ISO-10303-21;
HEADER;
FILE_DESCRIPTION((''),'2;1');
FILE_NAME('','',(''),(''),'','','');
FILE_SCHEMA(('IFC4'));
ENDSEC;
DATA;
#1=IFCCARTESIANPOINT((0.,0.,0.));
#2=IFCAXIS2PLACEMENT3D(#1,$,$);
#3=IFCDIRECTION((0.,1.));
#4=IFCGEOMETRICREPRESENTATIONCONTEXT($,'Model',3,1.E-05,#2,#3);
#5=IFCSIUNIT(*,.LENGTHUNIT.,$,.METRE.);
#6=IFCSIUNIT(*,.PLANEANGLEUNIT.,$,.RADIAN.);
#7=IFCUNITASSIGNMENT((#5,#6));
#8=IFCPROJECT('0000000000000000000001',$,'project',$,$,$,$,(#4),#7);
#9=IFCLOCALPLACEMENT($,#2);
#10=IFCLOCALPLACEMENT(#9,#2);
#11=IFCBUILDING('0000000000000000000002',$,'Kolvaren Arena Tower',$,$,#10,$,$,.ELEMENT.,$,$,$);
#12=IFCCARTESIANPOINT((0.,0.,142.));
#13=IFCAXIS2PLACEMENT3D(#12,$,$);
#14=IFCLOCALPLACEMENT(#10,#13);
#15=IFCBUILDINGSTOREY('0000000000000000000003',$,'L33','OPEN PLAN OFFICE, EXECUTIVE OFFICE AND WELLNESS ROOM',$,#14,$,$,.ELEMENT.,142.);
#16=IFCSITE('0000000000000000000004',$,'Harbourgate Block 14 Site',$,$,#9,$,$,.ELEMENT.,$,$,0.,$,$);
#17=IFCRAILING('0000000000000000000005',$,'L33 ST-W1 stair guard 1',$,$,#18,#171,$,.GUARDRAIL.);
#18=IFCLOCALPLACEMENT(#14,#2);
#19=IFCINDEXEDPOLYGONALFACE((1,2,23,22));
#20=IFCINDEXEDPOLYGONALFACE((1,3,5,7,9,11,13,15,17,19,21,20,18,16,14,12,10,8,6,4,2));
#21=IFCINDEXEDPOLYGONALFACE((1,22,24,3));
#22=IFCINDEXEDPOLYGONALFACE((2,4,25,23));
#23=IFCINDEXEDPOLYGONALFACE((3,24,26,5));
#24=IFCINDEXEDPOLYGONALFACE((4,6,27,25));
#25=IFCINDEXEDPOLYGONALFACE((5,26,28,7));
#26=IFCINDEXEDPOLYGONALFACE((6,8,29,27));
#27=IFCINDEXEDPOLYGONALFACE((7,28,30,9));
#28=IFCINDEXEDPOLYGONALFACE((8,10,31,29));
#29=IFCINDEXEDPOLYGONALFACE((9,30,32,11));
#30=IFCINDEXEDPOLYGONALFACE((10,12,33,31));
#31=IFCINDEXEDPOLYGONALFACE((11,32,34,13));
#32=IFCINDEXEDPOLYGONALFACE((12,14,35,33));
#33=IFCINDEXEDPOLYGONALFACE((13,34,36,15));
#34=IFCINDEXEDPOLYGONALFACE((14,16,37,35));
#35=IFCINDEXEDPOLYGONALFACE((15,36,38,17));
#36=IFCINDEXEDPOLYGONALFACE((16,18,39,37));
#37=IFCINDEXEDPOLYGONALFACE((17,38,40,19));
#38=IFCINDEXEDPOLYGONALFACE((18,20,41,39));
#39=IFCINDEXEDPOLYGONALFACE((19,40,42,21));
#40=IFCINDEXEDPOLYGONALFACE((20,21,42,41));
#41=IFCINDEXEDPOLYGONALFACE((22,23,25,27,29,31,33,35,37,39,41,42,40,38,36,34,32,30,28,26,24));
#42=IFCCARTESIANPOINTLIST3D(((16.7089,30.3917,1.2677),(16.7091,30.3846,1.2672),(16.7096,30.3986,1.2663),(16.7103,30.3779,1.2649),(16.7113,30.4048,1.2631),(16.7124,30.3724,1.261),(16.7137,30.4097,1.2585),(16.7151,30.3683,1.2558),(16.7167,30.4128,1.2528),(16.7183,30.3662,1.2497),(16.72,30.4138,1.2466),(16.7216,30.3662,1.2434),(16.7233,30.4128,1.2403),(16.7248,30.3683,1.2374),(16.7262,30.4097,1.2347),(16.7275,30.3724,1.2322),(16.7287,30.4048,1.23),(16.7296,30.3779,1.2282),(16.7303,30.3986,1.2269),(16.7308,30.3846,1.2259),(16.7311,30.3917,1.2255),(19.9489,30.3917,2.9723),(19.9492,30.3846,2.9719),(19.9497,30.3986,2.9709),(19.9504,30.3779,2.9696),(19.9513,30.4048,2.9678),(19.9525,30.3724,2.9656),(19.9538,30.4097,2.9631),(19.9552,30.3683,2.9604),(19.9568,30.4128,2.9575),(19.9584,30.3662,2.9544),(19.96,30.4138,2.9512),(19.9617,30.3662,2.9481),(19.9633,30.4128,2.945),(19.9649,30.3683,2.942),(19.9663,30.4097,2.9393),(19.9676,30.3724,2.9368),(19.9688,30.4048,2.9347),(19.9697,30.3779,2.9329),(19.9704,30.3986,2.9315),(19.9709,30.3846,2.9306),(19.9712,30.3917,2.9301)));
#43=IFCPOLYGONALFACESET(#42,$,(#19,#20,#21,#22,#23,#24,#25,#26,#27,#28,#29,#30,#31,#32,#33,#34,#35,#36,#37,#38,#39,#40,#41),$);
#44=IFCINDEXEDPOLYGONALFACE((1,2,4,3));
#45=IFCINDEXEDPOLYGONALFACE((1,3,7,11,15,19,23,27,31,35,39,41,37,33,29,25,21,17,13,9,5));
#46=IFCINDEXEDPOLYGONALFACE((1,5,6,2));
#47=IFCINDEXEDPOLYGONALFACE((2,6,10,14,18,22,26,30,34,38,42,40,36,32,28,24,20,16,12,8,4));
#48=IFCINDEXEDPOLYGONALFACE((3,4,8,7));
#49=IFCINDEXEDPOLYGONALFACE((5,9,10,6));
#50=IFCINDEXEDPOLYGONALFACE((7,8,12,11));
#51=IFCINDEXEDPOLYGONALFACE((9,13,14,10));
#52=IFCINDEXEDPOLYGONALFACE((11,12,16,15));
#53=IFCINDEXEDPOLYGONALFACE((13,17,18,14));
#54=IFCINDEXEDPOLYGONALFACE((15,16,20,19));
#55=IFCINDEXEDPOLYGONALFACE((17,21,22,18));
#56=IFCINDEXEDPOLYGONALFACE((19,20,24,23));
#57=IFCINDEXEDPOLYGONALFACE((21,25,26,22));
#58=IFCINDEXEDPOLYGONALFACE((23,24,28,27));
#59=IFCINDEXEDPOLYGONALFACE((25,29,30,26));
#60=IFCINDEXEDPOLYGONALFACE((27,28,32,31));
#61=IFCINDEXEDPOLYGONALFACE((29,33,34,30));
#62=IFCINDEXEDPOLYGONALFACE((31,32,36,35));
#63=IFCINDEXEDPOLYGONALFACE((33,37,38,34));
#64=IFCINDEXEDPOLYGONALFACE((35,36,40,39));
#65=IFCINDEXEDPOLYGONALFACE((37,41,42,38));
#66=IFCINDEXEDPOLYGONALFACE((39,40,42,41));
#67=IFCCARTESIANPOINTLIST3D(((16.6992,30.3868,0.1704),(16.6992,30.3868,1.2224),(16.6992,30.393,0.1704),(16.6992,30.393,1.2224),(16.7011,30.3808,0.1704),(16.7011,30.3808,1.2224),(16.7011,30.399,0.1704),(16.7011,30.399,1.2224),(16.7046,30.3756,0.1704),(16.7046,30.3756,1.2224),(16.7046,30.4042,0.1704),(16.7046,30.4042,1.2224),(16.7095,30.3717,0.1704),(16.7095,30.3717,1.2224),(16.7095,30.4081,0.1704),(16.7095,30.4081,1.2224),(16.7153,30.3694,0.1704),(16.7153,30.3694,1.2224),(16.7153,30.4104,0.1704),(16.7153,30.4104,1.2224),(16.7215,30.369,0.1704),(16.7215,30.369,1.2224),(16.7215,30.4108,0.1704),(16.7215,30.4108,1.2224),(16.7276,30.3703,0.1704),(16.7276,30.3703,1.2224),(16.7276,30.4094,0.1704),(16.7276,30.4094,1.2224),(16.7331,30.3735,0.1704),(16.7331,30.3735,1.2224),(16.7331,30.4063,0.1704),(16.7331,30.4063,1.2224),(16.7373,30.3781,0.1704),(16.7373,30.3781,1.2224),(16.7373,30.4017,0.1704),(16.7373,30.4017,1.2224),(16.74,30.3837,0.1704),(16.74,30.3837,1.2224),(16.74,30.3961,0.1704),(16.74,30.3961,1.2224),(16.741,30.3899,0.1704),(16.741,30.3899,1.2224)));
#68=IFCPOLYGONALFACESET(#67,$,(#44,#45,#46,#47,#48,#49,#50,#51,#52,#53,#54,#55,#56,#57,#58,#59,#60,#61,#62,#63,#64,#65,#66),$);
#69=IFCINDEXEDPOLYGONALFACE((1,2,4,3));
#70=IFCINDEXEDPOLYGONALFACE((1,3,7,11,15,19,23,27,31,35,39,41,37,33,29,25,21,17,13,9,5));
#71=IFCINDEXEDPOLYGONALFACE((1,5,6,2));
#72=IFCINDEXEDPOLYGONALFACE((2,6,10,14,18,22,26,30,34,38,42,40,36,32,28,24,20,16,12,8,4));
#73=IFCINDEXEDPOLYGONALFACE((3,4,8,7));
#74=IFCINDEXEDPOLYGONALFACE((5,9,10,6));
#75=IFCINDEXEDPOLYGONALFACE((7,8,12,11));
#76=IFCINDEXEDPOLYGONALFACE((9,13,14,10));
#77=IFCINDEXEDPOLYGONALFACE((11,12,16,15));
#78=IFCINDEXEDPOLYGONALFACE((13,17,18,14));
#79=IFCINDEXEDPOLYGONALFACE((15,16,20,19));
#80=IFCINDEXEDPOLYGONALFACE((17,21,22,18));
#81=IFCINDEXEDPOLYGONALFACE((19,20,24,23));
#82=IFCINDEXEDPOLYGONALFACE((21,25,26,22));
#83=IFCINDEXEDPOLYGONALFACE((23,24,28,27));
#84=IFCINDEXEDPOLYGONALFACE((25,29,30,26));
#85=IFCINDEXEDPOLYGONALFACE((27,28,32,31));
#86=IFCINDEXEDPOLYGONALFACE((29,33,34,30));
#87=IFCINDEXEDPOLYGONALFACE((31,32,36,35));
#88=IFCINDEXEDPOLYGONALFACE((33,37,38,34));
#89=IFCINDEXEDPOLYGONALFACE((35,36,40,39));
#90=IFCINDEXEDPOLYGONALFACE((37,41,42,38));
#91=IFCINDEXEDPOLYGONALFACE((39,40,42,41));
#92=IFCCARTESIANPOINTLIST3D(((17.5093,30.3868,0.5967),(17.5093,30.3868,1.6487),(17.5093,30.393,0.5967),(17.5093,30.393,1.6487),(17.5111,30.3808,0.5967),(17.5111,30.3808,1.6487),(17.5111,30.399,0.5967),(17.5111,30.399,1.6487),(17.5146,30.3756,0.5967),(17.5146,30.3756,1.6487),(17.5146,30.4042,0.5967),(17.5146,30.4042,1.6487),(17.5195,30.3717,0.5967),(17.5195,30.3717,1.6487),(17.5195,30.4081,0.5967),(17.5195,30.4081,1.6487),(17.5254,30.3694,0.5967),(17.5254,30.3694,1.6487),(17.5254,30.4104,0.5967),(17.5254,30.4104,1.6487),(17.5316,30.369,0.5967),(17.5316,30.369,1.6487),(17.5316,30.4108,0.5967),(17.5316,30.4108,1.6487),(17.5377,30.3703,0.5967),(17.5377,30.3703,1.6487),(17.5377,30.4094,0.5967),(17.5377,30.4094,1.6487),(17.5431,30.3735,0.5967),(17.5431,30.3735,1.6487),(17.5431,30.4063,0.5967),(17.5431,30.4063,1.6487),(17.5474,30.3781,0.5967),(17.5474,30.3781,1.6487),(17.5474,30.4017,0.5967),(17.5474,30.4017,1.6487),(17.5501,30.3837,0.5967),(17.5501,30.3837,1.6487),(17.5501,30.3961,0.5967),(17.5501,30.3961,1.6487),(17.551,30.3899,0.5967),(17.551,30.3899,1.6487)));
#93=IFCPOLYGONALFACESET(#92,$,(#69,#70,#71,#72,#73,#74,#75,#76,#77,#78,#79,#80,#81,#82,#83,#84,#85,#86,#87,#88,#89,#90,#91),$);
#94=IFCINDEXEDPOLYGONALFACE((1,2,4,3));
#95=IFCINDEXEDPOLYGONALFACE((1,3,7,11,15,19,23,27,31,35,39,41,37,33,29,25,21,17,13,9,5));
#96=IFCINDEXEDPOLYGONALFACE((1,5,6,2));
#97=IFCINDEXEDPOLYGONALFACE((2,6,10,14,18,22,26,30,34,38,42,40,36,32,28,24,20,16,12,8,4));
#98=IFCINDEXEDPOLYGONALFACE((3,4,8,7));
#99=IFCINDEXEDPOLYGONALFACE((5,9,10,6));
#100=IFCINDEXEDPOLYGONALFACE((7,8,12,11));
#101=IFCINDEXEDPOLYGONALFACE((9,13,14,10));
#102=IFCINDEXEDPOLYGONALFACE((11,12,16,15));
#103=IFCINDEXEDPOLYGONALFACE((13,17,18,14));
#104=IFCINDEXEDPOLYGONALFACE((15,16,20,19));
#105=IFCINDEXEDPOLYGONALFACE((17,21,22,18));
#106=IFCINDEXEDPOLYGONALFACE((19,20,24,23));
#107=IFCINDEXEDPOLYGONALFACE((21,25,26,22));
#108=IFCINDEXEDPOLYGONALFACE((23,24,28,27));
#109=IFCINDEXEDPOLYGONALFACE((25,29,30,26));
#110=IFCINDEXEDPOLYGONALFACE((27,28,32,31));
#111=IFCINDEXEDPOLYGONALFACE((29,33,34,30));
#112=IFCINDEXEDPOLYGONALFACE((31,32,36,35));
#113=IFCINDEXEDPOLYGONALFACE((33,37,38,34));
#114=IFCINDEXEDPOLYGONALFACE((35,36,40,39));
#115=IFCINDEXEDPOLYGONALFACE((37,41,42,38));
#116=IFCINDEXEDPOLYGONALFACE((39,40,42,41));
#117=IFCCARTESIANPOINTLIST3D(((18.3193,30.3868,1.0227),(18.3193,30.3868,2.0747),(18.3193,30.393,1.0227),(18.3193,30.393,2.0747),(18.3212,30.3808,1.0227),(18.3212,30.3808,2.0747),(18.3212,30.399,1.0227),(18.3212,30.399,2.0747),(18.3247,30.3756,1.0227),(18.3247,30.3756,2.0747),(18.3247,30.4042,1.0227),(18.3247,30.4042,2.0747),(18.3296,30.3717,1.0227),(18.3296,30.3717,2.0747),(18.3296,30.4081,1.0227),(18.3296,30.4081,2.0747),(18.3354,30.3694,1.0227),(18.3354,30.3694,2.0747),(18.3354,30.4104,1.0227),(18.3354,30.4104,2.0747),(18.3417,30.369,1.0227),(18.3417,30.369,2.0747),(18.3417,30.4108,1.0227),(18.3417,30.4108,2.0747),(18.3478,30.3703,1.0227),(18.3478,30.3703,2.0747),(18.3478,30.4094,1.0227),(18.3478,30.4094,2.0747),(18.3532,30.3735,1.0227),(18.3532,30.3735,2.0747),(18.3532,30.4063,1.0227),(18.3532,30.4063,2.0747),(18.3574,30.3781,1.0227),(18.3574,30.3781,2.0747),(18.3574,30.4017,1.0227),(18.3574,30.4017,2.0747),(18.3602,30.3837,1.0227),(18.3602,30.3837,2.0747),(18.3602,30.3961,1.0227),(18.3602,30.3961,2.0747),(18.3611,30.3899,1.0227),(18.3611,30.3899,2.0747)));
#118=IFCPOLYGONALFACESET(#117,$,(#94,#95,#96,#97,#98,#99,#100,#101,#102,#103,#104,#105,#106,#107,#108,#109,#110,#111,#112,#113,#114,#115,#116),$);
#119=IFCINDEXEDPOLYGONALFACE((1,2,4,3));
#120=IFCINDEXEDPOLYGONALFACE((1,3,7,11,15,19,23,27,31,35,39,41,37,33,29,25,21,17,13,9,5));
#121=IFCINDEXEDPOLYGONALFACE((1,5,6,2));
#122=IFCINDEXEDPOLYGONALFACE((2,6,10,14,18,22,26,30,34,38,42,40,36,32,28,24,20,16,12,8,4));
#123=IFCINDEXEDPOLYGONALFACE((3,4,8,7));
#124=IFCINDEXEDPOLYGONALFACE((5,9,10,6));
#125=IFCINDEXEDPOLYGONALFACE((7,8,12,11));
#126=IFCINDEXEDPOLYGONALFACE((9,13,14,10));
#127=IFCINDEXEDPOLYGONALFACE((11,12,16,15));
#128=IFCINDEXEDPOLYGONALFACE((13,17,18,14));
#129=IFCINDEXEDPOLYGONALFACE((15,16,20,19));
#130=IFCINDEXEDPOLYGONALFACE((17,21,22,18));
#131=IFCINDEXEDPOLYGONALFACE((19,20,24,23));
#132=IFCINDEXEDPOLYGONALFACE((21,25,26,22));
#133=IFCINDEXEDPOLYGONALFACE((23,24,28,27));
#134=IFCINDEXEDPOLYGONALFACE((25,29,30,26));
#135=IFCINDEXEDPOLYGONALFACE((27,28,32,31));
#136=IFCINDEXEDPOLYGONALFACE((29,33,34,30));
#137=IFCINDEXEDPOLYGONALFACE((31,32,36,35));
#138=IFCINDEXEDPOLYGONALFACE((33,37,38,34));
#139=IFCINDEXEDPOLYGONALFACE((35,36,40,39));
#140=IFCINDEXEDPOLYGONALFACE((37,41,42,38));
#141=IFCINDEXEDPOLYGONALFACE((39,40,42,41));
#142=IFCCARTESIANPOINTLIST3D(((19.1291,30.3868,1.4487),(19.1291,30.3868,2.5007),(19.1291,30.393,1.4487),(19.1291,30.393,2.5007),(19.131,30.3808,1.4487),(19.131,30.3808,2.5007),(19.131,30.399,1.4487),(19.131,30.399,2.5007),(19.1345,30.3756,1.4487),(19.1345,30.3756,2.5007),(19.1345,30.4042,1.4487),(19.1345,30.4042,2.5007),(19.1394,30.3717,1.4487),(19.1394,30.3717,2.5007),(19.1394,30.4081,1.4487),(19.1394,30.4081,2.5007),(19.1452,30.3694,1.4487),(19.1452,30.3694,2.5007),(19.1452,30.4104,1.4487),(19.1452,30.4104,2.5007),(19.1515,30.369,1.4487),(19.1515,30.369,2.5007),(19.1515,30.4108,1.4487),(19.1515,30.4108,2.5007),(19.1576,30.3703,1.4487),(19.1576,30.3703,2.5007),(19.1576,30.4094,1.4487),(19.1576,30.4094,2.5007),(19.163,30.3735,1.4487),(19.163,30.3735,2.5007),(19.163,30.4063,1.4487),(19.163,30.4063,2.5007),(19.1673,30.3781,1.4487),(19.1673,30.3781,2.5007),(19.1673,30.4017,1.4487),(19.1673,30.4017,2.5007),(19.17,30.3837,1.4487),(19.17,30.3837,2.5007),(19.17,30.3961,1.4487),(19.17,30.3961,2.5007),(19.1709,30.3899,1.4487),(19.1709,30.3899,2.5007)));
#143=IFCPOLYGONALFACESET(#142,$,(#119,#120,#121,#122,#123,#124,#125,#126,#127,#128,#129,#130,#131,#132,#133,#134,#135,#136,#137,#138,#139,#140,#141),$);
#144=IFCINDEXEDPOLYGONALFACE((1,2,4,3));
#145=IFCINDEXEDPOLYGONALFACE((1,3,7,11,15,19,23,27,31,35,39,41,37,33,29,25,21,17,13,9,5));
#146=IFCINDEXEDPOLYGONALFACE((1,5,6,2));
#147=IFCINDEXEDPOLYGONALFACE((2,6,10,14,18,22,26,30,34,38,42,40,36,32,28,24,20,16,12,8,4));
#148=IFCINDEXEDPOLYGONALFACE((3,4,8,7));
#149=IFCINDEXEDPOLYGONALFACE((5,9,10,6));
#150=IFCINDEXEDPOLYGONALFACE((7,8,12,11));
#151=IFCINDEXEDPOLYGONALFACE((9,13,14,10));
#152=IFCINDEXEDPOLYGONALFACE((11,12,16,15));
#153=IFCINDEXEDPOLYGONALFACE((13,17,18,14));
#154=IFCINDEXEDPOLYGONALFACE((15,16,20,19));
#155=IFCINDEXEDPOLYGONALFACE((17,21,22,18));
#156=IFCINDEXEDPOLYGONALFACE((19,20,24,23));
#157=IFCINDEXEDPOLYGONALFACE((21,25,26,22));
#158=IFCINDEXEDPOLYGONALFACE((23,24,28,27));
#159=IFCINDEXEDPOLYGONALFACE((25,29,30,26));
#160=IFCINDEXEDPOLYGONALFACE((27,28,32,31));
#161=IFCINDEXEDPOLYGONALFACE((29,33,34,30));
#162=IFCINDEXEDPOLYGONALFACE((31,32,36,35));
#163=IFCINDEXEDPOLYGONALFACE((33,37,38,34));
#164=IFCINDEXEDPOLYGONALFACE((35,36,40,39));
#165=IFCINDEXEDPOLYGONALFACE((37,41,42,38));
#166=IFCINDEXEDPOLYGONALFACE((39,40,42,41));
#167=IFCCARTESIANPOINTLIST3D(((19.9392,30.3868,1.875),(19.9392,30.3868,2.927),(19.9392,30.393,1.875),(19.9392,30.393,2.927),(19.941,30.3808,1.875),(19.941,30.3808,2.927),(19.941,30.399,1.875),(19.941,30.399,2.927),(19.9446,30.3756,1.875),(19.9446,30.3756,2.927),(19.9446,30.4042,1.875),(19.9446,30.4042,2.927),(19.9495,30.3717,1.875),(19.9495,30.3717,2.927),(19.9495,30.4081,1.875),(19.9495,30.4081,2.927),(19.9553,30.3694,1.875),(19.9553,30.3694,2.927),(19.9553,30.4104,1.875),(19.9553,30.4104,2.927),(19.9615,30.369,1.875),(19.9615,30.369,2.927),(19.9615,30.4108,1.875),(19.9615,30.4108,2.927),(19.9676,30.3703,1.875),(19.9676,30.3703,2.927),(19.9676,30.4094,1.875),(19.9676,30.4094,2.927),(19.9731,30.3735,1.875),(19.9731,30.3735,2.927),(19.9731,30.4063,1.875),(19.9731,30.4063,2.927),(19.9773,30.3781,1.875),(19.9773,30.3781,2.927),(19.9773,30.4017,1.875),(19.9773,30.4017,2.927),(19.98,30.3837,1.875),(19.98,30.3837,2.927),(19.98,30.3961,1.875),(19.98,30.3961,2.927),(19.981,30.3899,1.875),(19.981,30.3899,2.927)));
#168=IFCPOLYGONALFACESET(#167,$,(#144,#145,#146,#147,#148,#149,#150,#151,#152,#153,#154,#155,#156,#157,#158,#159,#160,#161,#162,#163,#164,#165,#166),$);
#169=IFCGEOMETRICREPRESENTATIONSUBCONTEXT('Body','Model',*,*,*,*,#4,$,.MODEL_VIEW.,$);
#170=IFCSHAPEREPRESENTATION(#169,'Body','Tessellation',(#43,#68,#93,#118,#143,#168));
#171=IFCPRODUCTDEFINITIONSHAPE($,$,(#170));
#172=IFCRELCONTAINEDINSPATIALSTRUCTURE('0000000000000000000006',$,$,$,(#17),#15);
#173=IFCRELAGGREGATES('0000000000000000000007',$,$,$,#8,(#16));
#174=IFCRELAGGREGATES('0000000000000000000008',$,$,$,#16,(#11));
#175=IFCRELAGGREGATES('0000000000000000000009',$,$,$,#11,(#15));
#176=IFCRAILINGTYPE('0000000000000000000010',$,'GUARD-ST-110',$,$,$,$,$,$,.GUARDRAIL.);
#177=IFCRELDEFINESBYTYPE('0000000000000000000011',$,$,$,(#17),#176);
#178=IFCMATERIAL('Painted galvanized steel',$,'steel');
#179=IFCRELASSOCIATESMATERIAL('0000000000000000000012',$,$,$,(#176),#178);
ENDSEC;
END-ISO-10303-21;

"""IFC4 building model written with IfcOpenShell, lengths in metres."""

from ifc_helpers import new_model, si_unit, direction, frame, origin, origin_2d, place, context, subcontext, project, spatial, circle, extrude, material, type_object, element, save


model = new_model("IFC4")

# Units and contexts
model_context = context("Model", 3, precision=1e-05, world=origin(), true_north=direction((0.0, 1.0)))
body_context = subcontext(model_context, "Body", "Model", "MODEL_VIEW")
ifc_project = project(units=[si_unit("LENGTHUNIT", "METRE"), si_unit("PLANEANGLEUNIT", "RADIAN")], contexts=[model_context])

# Site, building, storey
site_placement = place(None, origin())
site = spatial("IfcSite", under=ifc_project, at=site_placement, Name="Harbourgate Block 14 Site", CompositionType="ELEMENT", RefElevation=0.0)
building_placement = place(site_placement, origin())
building = spatial("IfcBuilding", under=site, at=building_placement, Name="Kolvaren Arena Tower", CompositionType="ELEMENT")
storey_placement = place(building_placement, frame((0.0, 0.0, 142.0)))
storey = spatial("IfcBuildingStorey", under=building, at=storey_placement, Name="L33", Description="OPEN PLAN OFFICE, EXECUTIVE OFFICE AND WELLNESS ROOM", CompositionType="ELEMENT", Elevation=142.0)

# Railing
ifc_material_1 = material(Name="Painted galvanized steel", Category="steel")
railing_type_1 = type_object("IfcRailingType", Name="GUARD-ST-110", PredefinedType="GUARDRAIL", material=ifc_material_1)
railing_1_placement = place(storey_placement, frame((16.72, 30.3899, 0.1704)))
element("IfcRailing", 1, at=railing_1_placement, inside=storey, type_object=railing_type_1, Name="L33 ST-W1 stair guard 1", PredefinedType="GUARDRAIL", context=body_context, shape_type="SweptSolid", body=[
    extrude(circle(Radius=0.0239, at=origin_2d()), frame((0.0, 0.0, 1.0762), z_axis=(0.884993, 0.0, 0.465604), x_axis=(0.0, 1.0, 0.0)), (0.0, 0.0, 1.0), 3.6611),
    extrude(circle(Radius=0.021, at=origin_2d()), origin(), (0.0, 0.0, 1.0), 1.052),
    extrude(circle(Radius=0.021, at=origin_2d()), frame((0.8101, 0.0, 0.4263)), (0.0, 0.0, 1.0), 1.052),
    extrude(circle(Radius=0.021, at=origin_2d()), frame((1.6201, 0.0, 0.8523)), (0.0, 0.0, 1.0), 1.052),
    extrude(circle(Radius=0.021, at=origin_2d()), frame((2.4299, 0.0, 1.2783)), (0.0, 0.0, 1.0), 1.052),
    extrude(circle(Radius=0.021, at=origin_2d()), frame((3.24, 0.0, 1.7046)), (0.0, 0.0, 1.0), 1.052),
])

save(model, "model.ifc")
